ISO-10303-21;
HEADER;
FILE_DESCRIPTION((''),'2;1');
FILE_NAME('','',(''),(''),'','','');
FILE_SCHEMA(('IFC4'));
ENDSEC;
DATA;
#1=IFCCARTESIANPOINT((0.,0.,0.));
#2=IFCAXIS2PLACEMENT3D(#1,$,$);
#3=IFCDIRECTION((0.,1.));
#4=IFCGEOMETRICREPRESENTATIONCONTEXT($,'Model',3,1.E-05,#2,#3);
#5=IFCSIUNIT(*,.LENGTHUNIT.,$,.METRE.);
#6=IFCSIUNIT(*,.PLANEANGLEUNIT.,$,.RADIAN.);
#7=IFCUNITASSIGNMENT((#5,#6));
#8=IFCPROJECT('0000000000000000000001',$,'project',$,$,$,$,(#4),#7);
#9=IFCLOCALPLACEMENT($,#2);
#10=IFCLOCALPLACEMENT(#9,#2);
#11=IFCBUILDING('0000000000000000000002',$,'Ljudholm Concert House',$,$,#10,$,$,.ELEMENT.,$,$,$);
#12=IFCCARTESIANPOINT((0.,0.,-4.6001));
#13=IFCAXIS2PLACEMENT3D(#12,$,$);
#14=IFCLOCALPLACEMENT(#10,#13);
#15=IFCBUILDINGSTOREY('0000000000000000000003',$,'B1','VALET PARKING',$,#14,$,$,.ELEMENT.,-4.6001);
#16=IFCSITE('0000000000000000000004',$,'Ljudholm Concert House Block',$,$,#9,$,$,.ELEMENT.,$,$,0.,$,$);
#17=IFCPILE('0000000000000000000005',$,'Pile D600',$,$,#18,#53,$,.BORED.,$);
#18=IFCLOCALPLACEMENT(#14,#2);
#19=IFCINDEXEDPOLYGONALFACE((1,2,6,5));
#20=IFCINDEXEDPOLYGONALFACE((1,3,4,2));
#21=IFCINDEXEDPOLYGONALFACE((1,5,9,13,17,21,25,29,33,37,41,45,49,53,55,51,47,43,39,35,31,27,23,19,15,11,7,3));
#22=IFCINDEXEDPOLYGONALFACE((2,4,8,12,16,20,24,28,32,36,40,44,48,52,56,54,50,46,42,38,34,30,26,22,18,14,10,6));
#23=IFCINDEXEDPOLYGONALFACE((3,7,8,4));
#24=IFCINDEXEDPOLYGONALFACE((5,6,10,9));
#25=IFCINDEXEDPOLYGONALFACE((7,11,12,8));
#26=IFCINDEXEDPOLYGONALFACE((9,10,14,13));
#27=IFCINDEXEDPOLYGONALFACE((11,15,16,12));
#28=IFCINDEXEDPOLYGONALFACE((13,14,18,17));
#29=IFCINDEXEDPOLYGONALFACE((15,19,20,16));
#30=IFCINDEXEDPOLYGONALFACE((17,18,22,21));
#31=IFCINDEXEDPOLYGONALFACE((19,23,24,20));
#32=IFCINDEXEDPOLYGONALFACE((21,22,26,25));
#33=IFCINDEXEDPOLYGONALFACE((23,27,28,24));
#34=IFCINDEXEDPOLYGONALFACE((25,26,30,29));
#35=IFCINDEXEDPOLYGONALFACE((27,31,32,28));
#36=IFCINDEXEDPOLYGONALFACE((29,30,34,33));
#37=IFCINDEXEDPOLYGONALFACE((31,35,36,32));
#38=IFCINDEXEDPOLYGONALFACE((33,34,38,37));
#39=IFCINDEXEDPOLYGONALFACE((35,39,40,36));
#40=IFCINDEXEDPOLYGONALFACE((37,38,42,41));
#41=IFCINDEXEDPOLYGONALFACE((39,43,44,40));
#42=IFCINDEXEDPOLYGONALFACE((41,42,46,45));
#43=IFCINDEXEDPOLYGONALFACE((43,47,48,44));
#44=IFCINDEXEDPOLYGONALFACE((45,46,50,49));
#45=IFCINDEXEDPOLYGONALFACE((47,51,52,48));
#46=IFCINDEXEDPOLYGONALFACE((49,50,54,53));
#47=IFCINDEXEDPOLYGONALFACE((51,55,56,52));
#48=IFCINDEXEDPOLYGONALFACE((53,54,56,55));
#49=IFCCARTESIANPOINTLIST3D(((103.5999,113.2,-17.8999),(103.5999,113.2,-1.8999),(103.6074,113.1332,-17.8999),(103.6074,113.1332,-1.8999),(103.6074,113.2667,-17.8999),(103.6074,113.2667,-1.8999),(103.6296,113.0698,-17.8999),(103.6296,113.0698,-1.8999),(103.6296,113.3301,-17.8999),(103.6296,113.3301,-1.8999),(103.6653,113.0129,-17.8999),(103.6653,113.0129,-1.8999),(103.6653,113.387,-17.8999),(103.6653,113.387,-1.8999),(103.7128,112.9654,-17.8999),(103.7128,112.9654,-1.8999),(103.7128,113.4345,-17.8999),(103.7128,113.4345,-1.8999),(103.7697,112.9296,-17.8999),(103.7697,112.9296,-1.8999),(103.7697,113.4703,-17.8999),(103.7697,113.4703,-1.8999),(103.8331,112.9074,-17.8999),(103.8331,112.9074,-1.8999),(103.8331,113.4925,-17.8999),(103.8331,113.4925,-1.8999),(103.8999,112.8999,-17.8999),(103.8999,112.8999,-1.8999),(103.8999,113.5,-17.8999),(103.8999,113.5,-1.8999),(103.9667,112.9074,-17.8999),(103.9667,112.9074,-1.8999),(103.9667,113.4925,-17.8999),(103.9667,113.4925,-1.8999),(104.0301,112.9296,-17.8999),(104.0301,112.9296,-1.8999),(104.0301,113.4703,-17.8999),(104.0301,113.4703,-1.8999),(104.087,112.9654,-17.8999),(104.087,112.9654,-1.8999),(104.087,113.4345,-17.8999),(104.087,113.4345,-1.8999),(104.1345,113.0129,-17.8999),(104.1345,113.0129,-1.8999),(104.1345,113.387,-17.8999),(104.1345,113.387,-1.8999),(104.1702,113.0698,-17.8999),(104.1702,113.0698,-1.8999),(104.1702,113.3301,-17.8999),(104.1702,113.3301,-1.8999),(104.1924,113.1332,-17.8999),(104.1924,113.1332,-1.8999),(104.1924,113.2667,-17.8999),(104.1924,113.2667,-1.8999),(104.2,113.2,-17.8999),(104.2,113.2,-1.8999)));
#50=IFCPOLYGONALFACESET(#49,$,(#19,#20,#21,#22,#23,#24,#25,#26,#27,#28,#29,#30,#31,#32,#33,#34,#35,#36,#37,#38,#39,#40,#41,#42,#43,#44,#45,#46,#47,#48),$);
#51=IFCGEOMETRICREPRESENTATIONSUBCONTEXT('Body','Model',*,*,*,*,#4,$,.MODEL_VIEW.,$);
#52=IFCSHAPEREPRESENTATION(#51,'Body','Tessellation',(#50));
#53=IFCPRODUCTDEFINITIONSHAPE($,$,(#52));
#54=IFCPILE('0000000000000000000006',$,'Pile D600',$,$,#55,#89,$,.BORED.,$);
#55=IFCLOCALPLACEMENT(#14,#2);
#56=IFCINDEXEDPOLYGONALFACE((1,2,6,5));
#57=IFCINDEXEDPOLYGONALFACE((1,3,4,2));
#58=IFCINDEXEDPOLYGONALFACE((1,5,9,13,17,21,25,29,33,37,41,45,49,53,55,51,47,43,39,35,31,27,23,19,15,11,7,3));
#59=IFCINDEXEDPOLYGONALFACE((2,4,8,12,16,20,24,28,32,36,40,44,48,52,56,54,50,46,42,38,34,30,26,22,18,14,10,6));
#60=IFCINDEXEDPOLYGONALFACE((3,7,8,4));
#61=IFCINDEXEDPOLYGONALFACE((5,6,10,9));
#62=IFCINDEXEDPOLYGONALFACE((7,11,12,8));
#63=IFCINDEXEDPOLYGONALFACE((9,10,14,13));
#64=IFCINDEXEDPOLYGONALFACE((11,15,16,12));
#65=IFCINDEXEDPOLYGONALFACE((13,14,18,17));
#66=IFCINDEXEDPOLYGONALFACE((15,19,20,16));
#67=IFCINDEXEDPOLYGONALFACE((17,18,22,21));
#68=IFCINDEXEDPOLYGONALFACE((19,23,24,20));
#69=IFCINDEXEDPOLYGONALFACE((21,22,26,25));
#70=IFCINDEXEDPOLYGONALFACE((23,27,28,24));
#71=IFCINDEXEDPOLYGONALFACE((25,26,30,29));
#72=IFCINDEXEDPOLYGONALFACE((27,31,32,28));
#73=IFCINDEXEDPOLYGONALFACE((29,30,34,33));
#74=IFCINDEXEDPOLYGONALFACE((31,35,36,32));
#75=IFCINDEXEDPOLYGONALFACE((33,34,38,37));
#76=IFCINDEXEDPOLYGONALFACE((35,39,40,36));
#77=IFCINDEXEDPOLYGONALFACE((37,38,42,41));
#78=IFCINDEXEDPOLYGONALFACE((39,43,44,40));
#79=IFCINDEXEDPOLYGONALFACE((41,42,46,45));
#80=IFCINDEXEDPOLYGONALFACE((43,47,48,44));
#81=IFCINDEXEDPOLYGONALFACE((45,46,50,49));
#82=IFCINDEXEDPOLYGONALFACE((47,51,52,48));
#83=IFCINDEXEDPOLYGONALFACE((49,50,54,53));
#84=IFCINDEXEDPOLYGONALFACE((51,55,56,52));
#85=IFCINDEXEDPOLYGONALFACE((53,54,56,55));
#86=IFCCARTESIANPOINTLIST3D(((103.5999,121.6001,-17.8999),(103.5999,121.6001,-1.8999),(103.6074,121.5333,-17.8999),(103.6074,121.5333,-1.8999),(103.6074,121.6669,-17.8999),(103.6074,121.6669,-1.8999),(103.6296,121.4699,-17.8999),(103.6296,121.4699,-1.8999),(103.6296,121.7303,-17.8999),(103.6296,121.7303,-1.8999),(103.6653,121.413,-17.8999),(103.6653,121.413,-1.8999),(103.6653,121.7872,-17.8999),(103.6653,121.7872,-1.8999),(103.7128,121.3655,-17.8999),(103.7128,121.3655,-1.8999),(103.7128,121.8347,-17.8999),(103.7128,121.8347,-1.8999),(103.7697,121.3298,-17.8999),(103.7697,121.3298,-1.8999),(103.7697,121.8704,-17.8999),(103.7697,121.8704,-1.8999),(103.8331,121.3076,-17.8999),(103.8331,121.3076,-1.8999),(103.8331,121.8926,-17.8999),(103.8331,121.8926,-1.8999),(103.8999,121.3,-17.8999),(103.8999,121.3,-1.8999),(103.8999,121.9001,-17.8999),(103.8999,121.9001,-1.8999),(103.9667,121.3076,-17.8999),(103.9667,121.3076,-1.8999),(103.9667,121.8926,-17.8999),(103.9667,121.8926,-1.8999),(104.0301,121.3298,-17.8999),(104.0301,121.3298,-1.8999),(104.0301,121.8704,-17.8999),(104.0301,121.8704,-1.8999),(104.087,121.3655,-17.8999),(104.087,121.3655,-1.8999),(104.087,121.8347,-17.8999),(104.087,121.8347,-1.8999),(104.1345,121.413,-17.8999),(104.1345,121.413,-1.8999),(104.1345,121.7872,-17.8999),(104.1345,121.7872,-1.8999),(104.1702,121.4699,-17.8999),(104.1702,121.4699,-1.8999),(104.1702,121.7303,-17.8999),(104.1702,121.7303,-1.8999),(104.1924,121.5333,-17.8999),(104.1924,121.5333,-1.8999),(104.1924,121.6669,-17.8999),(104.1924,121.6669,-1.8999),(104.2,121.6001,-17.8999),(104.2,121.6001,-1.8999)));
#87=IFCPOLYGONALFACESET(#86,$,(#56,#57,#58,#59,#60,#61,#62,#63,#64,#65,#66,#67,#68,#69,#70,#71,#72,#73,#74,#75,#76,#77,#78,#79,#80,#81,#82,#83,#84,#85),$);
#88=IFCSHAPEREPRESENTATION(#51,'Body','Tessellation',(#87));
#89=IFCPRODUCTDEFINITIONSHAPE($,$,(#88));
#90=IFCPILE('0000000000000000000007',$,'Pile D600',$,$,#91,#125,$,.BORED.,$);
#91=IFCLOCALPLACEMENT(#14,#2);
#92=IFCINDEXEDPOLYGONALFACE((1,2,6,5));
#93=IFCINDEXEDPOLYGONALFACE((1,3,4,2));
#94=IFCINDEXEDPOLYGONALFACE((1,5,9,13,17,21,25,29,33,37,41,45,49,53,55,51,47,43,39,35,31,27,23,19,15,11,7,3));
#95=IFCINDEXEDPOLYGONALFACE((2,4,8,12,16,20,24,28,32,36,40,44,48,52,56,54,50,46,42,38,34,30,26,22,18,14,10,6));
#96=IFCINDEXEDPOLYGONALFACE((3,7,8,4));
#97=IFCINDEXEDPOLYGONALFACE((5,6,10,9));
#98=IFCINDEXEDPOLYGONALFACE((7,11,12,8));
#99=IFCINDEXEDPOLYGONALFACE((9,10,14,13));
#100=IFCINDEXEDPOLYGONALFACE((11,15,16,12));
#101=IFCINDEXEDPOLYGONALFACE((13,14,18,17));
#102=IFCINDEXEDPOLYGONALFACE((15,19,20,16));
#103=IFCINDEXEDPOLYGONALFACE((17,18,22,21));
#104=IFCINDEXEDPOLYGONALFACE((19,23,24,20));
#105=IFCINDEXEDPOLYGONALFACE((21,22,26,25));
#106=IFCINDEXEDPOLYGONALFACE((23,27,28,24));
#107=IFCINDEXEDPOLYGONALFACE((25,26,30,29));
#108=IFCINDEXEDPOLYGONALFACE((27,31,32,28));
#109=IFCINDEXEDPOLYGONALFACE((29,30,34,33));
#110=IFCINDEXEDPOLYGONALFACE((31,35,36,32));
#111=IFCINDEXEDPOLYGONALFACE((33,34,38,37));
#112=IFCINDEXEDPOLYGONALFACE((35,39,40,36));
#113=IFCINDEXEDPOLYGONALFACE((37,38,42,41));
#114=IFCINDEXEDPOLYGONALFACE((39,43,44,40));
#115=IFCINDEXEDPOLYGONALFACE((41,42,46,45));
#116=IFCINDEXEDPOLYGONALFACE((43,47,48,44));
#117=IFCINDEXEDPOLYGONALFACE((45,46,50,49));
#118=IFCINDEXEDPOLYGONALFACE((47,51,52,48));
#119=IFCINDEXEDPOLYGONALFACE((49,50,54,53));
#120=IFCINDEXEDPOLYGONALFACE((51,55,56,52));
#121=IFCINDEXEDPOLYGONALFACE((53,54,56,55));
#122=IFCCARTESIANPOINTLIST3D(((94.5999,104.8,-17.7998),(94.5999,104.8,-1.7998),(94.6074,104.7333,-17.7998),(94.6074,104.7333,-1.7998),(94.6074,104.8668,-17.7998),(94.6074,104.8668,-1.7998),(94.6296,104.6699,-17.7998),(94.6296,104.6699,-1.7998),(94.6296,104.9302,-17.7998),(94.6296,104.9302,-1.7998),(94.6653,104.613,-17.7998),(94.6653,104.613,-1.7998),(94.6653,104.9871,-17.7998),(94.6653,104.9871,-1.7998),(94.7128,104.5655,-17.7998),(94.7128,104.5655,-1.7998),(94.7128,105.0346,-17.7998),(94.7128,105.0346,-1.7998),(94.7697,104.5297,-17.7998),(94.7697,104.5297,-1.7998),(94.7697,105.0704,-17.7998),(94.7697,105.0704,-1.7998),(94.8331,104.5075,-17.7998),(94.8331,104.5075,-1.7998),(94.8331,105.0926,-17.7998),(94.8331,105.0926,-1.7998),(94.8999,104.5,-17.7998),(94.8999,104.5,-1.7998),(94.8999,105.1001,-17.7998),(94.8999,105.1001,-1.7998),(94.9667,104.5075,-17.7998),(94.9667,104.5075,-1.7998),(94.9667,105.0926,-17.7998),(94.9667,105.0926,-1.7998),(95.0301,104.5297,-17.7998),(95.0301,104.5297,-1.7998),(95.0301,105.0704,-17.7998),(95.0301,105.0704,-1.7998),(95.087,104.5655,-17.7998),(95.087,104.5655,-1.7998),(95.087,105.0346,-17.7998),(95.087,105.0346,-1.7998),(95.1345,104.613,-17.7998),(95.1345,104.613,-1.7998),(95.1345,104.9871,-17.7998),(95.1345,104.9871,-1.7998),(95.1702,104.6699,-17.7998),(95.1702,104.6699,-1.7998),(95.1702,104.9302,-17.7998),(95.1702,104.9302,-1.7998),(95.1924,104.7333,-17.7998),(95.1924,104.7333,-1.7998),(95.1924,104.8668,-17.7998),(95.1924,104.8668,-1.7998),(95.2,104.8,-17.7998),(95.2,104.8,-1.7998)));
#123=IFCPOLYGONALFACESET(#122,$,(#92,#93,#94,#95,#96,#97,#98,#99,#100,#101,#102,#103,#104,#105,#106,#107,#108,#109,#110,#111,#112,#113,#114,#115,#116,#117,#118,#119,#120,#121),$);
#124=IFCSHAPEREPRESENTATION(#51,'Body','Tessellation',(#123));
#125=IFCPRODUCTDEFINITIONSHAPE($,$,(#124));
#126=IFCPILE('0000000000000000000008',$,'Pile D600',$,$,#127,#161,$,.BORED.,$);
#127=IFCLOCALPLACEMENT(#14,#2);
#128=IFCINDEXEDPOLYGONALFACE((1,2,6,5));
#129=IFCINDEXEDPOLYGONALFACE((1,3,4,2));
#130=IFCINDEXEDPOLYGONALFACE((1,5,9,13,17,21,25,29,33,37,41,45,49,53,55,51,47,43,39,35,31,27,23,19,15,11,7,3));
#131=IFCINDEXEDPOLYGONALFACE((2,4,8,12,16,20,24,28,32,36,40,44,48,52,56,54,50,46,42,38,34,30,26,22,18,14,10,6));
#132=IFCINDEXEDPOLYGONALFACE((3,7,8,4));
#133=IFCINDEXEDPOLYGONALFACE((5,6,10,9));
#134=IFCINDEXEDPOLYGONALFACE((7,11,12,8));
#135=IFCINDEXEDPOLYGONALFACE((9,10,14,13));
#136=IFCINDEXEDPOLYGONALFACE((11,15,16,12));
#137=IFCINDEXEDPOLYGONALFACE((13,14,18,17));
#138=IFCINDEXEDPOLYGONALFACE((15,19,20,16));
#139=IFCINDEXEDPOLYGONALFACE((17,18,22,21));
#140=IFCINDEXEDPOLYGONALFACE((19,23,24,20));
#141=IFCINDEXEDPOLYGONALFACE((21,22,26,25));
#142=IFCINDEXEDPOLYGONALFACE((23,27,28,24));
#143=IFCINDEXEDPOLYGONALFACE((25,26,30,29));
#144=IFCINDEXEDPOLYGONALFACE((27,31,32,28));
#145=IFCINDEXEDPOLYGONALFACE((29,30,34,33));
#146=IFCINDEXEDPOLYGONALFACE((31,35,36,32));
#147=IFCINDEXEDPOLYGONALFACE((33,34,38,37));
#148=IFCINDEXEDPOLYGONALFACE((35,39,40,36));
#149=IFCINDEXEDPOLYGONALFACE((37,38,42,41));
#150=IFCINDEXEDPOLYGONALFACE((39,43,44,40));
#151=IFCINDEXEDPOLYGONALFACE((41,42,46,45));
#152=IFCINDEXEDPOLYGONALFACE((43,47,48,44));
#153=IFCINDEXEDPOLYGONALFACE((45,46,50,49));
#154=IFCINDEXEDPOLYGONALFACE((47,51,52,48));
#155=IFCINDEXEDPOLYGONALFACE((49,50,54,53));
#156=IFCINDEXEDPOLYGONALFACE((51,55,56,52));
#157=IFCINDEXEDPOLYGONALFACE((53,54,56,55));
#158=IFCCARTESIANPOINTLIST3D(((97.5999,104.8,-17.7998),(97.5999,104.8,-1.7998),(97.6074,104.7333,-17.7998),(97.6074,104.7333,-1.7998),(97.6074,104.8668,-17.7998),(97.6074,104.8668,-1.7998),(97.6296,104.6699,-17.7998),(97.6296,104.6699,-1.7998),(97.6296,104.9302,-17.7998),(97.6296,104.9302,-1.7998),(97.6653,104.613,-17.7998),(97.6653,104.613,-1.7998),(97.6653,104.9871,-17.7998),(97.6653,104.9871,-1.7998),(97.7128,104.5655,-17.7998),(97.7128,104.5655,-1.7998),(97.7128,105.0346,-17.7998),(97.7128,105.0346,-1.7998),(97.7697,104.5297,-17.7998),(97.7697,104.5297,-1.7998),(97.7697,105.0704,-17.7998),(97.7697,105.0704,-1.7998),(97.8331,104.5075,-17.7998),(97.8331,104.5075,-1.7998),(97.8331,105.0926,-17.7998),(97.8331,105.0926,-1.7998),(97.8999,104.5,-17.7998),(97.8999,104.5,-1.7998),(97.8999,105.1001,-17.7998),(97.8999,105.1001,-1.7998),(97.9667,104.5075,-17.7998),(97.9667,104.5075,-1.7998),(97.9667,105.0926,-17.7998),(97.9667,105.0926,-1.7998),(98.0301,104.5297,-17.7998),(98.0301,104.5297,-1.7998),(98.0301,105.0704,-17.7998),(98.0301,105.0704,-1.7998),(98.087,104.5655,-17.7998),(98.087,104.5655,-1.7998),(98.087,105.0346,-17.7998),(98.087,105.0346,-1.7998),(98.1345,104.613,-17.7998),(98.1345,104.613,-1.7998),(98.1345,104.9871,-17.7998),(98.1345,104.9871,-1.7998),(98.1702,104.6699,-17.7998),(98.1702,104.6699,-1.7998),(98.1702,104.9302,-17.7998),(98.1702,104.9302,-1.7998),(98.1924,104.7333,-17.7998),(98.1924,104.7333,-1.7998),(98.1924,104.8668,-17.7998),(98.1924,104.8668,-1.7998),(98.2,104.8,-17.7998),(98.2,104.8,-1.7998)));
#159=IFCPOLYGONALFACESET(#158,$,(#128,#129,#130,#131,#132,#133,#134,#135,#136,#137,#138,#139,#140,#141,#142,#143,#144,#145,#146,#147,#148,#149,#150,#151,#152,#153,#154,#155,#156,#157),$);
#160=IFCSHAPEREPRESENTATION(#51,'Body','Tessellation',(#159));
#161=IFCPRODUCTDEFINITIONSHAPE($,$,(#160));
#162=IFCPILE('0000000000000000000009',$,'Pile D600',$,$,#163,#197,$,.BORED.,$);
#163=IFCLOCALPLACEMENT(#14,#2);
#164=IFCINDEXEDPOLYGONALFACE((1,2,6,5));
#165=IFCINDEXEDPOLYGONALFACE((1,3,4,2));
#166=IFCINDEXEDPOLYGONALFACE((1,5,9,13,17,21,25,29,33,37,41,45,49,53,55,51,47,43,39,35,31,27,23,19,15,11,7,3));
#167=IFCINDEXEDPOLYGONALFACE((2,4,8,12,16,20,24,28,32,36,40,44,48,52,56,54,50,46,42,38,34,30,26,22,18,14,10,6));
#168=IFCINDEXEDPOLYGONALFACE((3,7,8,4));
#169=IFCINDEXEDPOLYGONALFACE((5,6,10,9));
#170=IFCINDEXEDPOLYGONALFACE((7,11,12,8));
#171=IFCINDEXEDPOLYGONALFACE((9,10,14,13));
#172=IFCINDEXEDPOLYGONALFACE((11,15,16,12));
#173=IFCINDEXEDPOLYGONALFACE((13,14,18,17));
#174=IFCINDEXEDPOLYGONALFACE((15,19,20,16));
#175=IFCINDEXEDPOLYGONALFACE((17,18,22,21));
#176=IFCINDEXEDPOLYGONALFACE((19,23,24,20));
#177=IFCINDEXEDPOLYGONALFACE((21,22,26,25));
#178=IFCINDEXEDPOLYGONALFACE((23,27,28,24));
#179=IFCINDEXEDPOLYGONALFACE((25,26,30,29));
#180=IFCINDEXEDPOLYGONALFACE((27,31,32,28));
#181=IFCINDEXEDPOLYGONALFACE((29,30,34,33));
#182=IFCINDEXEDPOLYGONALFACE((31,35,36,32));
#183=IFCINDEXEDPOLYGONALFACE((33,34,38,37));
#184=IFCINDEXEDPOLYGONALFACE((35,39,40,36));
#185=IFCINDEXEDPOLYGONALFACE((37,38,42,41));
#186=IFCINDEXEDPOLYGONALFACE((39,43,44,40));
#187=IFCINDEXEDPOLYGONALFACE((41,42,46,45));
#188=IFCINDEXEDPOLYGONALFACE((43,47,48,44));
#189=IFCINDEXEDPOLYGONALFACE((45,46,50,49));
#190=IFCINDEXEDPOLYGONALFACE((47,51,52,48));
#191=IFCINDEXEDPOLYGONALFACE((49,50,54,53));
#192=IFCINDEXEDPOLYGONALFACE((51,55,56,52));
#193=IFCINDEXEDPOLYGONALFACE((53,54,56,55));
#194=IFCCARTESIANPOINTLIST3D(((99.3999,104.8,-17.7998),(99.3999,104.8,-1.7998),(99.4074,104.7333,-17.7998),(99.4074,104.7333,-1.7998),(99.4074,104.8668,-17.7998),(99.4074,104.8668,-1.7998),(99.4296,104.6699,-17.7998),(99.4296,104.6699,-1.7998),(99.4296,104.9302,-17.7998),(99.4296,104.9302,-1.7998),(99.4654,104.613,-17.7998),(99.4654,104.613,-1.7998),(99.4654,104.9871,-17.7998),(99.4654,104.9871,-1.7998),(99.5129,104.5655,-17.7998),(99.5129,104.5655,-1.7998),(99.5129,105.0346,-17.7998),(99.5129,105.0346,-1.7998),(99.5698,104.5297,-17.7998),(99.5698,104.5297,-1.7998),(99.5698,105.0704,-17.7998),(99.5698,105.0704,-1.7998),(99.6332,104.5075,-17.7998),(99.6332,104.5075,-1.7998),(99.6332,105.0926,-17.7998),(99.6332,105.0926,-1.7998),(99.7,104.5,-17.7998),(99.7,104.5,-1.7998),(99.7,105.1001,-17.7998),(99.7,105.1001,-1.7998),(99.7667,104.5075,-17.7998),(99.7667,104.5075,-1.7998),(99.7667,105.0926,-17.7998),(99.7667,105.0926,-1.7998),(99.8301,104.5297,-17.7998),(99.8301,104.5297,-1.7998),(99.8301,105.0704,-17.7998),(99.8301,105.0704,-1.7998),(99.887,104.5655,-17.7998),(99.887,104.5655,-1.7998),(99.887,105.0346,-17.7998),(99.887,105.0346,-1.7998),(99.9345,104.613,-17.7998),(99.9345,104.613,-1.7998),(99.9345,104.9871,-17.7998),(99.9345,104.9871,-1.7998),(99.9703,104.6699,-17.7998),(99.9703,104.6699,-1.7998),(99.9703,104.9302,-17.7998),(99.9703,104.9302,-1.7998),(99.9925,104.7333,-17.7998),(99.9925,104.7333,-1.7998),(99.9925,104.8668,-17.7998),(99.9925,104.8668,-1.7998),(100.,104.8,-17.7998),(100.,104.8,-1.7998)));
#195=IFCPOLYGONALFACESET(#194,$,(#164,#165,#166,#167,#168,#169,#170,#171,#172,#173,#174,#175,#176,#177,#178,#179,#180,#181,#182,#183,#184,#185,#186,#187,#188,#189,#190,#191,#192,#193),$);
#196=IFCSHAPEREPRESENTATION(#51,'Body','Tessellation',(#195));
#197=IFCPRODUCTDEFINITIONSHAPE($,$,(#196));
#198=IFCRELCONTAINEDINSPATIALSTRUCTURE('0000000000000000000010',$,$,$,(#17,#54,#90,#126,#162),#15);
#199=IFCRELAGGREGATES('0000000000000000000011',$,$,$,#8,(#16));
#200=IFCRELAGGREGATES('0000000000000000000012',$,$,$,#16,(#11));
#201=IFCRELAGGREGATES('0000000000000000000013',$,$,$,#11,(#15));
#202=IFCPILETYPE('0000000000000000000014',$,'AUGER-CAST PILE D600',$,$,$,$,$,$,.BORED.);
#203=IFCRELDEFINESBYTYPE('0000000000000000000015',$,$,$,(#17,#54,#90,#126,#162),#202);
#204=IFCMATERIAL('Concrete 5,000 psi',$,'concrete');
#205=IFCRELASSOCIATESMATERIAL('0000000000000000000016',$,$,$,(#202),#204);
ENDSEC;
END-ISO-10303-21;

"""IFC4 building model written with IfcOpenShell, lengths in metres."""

from ifc_helpers import new_model, si_unit, direction, frame, origin, origin_2d, place, context, subcontext, project, spatial, circle, extrude, material, material_profile, profile_set, type_object, element, save


model = new_model("IFC4")

# Units and contexts
model_context = context("Model", 3, precision=1e-05, world=origin(), true_north=direction((0.0, 1.0)))
body_context = subcontext(model_context, "Body", "Model", "MODEL_VIEW")
ifc_project = project(units=[si_unit("LENGTHUNIT", "METRE"), si_unit("PLANEANGLEUNIT", "RADIAN")], contexts=[model_context])

# Site, building, storey
site_placement = place(None, origin())
site = spatial("IfcSite", under=ifc_project, at=site_placement, Name="Ljudholm Concert House Block", CompositionType="ELEMENT", RefElevation=0.0)
building_placement = place(site_placement, origin())
building = spatial("IfcBuilding", under=site, at=building_placement, Name="Ljudholm Concert House", CompositionType="ELEMENT")
storey_placement = place(building_placement, frame((0.0, 0.0, -4.6001)))
storey = spatial("IfcBuildingStorey", under=building, at=storey_placement, Name="B1", Description="VALET PARKING", CompositionType="ELEMENT", Elevation=-4.6001)

# Piles
ifc_material_1 = material(Name="Concrete 5,000 psi", Category="concrete")
ifc_material_profile_1 = material_profile(ifc_material_1, circle(Radius=0.3, at=origin_2d()), Name="AUGER-CAST PILE D600")
ifc_profile_set_1 = profile_set([ifc_material_profile_1], Name="Concrete 5,000 psi")
pile_type = type_object("IfcPileType", Name="AUGER-CAST PILE D600", PredefinedType="BORED", material=ifc_profile_set_1)
for number, where, z_axis, x_axis, name in (
    (1, (103.8999, 113.2, -1.8999), (0.0, 0.0, -1.0), (1.0, 0.0, 0.0), "Pile D600"),
    (2, (103.8999, 121.6001, -1.8999), (0.0, 0.0, -1.0), (1.0, 0.0, 0.0), "Pile D600"),
    (3, (94.8999, 104.8, -1.7998), (0.0, 0.0, -1.0), (1.0, 0.0, 0.0), "Pile D600"),
    (4, (97.8999, 104.8, -1.7998), (0.0, 0.0, -1.0), (1.0, 0.0, 0.0), "Pile D600"),
    (5, (99.7, 104.8, -1.7998), (0.0, 0.0, -1.0), (1.0, 0.0, 0.0), "Pile D600"),
):
    element("IfcPile", number, at=place(storey_placement, frame(where, z_axis=z_axis, x_axis=x_axis)), inside=storey, type_object=pile_type, Name=name, PredefinedType="BORED", context=body_context, shape_type="SweptSolid", body=[
        extrude(circle(Radius=0.3, at=origin_2d()), origin(), (0.0, 0.0, 1.0), 16.0),
    ])

save(model, "model.ifc")
